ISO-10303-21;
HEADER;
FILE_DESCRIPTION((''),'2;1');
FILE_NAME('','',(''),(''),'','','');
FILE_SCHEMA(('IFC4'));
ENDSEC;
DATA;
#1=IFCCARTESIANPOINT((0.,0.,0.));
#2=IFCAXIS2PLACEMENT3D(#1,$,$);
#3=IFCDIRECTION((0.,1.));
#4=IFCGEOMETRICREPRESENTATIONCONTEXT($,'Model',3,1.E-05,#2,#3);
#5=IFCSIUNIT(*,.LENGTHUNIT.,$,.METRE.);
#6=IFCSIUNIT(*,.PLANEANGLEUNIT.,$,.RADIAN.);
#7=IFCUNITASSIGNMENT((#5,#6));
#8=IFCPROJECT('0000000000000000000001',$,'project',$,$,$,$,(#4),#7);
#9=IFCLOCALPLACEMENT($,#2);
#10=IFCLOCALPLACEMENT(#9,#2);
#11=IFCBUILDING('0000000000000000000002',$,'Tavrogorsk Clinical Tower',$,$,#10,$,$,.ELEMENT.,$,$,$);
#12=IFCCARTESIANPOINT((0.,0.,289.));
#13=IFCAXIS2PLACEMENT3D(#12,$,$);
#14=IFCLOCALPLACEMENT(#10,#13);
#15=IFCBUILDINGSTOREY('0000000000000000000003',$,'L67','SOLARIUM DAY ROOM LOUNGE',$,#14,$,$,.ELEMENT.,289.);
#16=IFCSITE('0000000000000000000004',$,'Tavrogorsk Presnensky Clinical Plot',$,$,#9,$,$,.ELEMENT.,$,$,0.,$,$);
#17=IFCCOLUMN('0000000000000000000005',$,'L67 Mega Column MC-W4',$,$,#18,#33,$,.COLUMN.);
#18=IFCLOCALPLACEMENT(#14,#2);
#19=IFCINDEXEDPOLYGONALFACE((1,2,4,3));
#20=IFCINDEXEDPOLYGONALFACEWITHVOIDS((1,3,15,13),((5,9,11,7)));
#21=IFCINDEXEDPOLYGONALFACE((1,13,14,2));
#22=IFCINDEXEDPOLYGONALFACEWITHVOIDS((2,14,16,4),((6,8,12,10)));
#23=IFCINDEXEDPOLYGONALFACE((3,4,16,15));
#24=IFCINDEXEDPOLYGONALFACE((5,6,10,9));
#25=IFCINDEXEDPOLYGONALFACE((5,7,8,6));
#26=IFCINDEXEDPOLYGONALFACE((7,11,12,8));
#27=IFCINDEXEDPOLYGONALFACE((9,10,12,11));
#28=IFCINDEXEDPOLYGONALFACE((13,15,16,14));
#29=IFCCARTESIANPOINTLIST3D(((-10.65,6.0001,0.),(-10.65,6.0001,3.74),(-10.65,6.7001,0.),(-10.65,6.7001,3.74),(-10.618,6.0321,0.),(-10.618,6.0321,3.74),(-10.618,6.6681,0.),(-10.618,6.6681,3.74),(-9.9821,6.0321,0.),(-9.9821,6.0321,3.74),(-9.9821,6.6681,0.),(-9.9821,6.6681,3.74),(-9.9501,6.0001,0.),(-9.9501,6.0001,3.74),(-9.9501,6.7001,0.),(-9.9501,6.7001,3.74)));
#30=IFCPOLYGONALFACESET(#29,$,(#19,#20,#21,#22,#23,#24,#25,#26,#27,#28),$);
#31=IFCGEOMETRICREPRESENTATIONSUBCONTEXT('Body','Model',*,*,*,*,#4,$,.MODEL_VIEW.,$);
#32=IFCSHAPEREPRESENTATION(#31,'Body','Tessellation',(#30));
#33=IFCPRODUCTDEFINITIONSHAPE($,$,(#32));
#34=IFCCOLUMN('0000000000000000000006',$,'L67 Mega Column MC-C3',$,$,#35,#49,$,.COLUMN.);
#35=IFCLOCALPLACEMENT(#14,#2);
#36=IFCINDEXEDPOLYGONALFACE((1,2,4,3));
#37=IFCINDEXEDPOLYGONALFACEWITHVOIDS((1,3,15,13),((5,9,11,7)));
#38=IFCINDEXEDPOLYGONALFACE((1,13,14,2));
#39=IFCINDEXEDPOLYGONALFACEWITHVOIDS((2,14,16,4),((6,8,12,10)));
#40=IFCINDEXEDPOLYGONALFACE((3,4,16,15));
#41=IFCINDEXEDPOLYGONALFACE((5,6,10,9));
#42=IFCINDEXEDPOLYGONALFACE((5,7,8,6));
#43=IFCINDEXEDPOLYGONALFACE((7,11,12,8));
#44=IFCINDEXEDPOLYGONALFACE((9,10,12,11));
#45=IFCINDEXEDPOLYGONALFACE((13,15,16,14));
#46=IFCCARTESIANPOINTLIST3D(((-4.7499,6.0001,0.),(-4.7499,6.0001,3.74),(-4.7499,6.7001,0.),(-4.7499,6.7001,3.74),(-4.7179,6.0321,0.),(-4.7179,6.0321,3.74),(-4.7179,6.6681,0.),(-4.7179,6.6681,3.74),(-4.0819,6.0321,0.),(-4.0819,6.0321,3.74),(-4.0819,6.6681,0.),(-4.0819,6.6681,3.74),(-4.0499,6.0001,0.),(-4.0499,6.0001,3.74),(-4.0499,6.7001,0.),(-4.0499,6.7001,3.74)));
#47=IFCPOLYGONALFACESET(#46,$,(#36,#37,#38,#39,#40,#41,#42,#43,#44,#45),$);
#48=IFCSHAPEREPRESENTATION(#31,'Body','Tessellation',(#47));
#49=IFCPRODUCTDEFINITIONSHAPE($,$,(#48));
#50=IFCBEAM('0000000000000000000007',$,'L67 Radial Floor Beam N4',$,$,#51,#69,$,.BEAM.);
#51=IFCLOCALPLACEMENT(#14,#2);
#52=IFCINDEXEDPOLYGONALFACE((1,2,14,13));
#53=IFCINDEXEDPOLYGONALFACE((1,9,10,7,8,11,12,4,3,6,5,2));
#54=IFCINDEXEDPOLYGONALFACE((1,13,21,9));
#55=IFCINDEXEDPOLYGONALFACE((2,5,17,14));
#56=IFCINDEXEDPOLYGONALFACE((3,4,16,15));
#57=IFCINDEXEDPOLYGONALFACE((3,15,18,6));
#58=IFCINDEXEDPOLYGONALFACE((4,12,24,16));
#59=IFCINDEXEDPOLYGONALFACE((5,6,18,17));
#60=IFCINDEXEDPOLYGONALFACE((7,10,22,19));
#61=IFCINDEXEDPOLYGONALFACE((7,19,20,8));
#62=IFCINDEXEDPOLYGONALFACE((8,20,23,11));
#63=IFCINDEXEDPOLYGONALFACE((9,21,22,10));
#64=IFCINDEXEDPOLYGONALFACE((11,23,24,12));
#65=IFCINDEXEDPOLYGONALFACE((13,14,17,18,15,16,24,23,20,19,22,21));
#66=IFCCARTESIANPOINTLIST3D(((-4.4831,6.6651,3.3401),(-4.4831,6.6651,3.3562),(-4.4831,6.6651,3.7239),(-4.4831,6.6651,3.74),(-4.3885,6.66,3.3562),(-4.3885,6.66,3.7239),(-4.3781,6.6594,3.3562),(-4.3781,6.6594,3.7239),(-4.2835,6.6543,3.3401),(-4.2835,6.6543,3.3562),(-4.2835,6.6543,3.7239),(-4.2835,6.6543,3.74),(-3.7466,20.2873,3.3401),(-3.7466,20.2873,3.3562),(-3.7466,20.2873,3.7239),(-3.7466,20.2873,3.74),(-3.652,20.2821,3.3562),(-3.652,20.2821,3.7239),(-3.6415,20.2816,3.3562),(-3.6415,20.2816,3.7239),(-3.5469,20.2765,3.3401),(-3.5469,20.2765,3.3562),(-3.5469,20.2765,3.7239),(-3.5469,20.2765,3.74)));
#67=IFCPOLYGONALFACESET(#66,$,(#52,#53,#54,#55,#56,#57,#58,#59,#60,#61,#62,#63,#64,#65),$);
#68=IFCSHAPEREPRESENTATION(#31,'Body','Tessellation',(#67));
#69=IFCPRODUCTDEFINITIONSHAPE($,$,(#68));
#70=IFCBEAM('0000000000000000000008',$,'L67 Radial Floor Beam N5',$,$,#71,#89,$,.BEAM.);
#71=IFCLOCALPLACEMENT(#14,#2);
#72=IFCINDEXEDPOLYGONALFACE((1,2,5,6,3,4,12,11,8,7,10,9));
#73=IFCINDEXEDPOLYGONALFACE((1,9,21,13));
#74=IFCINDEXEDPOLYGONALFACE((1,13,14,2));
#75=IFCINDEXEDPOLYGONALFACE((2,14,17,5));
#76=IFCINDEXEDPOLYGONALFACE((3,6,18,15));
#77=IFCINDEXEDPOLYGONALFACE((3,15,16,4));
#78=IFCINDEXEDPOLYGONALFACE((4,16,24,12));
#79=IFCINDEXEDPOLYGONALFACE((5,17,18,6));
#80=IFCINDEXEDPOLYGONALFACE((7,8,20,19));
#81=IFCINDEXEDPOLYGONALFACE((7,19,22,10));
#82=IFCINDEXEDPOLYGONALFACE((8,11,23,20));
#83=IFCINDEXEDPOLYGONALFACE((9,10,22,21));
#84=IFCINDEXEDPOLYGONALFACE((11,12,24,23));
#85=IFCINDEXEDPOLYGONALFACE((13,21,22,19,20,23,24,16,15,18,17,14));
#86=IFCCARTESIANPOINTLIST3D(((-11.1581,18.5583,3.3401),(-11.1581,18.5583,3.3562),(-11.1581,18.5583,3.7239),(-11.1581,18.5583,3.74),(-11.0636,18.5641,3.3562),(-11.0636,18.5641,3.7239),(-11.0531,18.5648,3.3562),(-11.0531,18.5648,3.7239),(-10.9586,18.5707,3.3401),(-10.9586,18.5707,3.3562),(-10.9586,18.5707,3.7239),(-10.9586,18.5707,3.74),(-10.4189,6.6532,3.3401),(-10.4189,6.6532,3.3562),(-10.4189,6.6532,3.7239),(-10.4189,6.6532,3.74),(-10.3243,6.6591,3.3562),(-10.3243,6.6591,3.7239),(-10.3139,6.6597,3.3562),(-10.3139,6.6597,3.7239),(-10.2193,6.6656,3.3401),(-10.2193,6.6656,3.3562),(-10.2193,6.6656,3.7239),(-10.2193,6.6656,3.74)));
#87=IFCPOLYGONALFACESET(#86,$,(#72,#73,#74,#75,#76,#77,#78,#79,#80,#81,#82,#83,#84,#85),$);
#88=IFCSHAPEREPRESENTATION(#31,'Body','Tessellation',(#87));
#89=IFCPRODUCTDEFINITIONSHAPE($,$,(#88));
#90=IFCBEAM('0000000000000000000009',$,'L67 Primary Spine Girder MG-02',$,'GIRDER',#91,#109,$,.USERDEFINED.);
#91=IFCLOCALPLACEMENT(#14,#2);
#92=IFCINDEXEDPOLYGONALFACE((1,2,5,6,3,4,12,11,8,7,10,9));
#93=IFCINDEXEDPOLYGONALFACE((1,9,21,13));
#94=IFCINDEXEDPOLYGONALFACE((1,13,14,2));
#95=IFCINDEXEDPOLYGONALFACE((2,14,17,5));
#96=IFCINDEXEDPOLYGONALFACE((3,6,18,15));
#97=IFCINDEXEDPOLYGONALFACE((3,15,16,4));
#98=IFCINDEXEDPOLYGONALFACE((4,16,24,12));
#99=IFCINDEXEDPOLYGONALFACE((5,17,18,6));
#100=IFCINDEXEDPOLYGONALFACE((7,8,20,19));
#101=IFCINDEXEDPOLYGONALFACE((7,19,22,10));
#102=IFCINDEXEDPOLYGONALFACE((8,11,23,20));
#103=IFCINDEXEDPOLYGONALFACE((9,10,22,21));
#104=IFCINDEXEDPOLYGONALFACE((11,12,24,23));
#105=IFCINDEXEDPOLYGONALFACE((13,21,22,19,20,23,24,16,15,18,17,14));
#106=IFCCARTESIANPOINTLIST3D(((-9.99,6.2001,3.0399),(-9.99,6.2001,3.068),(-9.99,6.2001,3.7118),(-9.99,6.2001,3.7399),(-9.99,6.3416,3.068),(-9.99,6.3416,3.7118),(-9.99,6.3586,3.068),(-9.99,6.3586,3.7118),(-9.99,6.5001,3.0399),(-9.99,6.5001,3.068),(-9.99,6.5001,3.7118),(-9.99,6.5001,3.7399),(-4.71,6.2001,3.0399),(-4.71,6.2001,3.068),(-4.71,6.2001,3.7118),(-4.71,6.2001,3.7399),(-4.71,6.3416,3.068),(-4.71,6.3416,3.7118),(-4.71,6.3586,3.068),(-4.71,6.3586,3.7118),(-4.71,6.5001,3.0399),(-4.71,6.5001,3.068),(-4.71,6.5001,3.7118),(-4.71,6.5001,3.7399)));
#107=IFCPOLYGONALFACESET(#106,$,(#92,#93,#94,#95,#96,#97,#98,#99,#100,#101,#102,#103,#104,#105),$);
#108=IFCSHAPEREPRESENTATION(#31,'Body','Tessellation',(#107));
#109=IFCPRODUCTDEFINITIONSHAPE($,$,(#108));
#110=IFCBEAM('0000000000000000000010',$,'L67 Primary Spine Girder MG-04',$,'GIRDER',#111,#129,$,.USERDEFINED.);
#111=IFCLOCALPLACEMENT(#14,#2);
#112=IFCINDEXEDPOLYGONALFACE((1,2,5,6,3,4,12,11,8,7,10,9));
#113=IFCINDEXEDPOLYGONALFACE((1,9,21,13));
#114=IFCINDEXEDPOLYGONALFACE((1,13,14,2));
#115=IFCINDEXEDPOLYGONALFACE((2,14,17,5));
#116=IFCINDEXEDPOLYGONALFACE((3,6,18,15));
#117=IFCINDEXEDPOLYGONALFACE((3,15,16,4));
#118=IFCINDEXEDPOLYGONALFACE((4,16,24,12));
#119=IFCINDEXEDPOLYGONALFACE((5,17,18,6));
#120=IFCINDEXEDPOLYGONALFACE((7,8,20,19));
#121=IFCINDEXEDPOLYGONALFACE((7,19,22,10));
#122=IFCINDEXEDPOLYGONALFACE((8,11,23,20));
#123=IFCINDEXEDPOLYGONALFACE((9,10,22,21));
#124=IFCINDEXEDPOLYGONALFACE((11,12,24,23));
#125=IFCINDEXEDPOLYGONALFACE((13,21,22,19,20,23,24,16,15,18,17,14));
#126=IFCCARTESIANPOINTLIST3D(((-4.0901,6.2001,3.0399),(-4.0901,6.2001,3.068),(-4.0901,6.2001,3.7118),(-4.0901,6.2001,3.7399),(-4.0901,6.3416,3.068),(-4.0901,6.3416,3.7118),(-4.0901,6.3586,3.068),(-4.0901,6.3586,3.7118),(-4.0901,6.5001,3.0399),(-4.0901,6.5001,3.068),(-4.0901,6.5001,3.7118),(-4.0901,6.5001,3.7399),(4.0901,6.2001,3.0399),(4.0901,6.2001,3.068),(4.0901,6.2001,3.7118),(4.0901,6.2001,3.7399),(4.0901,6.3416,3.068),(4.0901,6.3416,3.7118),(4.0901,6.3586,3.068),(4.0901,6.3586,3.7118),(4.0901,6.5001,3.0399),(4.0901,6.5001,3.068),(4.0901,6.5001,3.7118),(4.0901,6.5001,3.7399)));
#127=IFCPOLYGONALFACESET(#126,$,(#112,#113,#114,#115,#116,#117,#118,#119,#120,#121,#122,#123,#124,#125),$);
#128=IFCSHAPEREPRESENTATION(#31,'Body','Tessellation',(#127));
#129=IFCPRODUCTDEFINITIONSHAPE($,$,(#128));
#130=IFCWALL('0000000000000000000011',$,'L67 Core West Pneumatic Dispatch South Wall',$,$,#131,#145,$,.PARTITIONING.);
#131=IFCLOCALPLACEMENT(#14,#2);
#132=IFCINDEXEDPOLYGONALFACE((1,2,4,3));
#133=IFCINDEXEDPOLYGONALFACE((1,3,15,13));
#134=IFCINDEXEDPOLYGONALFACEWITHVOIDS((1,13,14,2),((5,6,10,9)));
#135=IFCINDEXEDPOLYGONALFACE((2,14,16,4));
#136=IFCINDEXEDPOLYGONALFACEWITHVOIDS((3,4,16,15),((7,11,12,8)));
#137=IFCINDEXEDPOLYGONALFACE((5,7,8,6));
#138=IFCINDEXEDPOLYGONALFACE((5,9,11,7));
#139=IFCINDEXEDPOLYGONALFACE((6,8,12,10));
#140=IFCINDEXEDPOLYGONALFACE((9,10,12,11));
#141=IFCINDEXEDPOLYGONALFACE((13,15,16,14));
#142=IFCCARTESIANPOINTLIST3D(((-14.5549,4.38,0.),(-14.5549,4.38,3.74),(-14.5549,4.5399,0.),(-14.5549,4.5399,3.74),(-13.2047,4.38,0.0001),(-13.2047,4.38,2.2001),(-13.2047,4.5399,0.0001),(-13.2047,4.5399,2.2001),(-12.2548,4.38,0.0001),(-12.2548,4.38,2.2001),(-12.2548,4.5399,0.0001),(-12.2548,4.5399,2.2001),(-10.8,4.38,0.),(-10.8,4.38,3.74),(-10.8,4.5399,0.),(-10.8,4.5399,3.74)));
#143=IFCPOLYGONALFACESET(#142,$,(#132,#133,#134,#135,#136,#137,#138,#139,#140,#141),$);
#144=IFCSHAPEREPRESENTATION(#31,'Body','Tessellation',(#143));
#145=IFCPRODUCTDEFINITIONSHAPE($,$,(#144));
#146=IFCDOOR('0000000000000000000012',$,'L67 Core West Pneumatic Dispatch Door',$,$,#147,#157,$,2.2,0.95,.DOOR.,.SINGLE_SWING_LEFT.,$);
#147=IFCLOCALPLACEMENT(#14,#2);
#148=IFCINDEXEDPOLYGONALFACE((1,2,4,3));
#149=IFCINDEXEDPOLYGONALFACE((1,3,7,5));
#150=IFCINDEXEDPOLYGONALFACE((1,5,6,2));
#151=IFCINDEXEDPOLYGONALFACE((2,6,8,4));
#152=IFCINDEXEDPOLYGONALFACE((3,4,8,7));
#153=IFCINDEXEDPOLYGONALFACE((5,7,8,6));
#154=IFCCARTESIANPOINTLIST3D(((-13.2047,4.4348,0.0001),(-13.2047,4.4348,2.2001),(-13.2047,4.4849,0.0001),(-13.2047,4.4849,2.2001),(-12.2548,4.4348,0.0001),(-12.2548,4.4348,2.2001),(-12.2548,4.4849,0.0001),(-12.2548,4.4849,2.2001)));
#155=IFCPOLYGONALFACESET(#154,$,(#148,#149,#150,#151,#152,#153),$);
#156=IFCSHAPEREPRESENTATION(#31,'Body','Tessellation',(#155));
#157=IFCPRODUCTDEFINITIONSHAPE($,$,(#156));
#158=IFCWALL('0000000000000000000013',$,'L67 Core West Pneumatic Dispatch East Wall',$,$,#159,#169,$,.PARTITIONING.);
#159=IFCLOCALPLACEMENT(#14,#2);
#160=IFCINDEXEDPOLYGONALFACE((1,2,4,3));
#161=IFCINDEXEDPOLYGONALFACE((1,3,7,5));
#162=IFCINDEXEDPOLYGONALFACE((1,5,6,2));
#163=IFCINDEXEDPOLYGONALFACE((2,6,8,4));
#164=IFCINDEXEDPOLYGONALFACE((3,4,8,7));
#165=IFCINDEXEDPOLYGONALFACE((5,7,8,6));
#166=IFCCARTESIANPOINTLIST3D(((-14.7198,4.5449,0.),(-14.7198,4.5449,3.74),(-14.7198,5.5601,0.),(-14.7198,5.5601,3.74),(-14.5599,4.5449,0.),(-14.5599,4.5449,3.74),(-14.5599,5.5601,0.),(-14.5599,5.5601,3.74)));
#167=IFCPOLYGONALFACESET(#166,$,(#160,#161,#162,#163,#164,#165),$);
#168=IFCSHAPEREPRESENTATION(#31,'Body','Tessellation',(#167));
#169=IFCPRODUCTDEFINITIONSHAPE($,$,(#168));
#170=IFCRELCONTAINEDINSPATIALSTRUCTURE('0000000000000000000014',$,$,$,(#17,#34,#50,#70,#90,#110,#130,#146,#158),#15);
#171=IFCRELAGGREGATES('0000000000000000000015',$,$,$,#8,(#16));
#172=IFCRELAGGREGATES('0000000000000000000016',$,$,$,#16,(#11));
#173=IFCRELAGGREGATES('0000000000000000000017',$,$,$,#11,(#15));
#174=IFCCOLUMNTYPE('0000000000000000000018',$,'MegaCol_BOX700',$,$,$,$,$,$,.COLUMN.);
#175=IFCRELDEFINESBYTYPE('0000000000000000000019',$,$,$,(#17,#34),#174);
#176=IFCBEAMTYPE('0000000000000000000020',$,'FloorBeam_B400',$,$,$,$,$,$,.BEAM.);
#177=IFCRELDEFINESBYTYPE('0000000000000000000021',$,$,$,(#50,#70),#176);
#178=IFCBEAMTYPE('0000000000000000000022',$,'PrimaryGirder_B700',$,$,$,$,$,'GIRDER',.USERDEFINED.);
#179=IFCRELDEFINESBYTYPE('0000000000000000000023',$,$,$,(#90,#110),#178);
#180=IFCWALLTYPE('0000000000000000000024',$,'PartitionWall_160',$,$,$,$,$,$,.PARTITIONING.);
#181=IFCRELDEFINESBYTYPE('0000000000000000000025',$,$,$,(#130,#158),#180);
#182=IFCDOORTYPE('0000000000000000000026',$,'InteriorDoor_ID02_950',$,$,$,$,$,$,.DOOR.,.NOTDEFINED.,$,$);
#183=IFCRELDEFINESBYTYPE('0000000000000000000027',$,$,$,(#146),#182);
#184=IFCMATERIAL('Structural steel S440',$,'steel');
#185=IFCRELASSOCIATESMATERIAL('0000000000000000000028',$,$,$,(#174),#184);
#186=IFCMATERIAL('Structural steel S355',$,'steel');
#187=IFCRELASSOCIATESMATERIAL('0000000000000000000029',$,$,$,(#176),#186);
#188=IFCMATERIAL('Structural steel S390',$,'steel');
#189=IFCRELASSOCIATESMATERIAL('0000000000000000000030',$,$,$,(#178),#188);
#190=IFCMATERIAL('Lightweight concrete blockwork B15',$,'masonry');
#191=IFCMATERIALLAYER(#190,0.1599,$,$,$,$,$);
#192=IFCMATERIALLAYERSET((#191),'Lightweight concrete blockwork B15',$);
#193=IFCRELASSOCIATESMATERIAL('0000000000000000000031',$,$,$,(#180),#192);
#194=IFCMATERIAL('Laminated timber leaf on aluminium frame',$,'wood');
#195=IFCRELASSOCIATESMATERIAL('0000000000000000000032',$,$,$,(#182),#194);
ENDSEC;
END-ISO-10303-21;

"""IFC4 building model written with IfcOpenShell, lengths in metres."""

from ifc_helpers import new_model, si_unit, direction, frame, frame_2d, origin, origin_2d, place, context, subcontext, project, spatial, rectangle, hollow_rectangle, i_section, extrude, material, layer, layer_set, material_profile, profile_set, type_object, element, fill, save


model = new_model("IFC4")

# Units and contexts
model_context = context("Model", 3, precision=1e-05, world=origin(), true_north=direction((0.0, 1.0)))
body_context = subcontext(model_context, "Body", "Model", "MODEL_VIEW")
ifc_project = project(units=[si_unit("LENGTHUNIT", "METRE"), si_unit("PLANEANGLEUNIT", "RADIAN")], contexts=[model_context])

# Site, building, storey
site_placement = place(None, origin())
site = spatial("IfcSite", under=ifc_project, at=site_placement, Name="Tavrogorsk Presnensky Clinical Plot", CompositionType="ELEMENT", RefElevation=0.0)
building_placement = place(site_placement, origin())
building = spatial("IfcBuilding", under=site, at=building_placement, Name="Tavrogorsk Clinical Tower", CompositionType="ELEMENT")
storey_placement = place(building_placement, frame((0.0, 0.0, 289.0)))
storey = spatial("IfcBuildingStorey", under=building, at=storey_placement, Name="L67", Description="SOLARIUM DAY ROOM LOUNGE", CompositionType="ELEMENT", Elevation=289.0)

# Columns
ifc_material_1 = material(Name="Structural steel S440", Category="steel")
ifc_material_profile_1 = material_profile(ifc_material_1, hollow_rectangle(XDim=0.7, YDim=0.7, WallThickness=0.032, at=origin_2d()), Name="BOX-700x700x32")
ifc_profile_set_1 = profile_set([ifc_material_profile_1], Name="Structural steel S440")
column_type = type_object("IfcColumnType", Name="MegaCol_BOX700", PredefinedType="COLUMN", material=ifc_profile_set_1)
for number, where, z_axis, x_axis, name in (
    (1, (-10.3, 6.3501, 0.0), (0.0, 0.0, 1.0), (1.0, 0.0, 0.0), "L67 Mega Column MC-W4"),
    (2, (-4.3999, 6.3501, 0.0), (0.0, 0.0, 1.0), (1.0, 0.0, 0.0), "L67 Mega Column MC-C3"),
):
    element("IfcColumn", number, at=place(storey_placement, frame(where, z_axis=z_axis, x_axis=x_axis)), inside=storey, type_object=column_type, Name=name, PredefinedType="COLUMN", context=body_context, shape_type="SweptSolid", body=[
        extrude(hollow_rectangle(XDim=0.7, YDim=0.7, WallThickness=0.032, at=origin_2d()), origin(), (0.0, 0.0, 1.0), 3.74),
    ])

# Beams
ifc_material_2 = material(Name="Structural steel S355", Category="steel")
ifc_material_profile_2 = material_profile(ifc_material_2, i_section(OverallWidth=0.2, OverallDepth=0.3999, WebThickness=0.0105, FlangeThickness=0.0161, at=origin_2d()), Name="B-400x200x10.5x16")
ifc_profile_set_2 = profile_set([ifc_material_profile_2], Name="Structural steel S355")
beam_type_1 = type_object("IfcBeamType", Name="FloorBeam_B400", PredefinedType="BEAM", material=ifc_profile_set_2)
beam_1_placement = place(storey_placement, frame((-4.3833, 6.6597, 3.54), z_axis=(0.053993, 0.998541, 0.0), x_axis=(-0.998541, 0.053993, 0.0)))
element("IfcBeam", 3, at=beam_1_placement, inside=storey, type_object=beam_type_1, Name="L67 Radial Floor Beam N4", PredefinedType="BEAM", context=body_context, shape_type="SweptSolid", body=[
    extrude(i_section(OverallWidth=0.2, OverallDepth=0.3999, WebThickness=0.0105, FlangeThickness=0.0161, at=origin_2d()), origin(), (0.0, 0.0, 1.0), 13.6421),
])
beam_2_placement = place(storey_placement, frame((-10.3191, 6.6594, 3.54), z_axis=(-0.061977, 0.998078, 0.0), x_axis=(-0.998078, -0.061977, 0.0)))
element("IfcBeam", 4, at=beam_2_placement, inside=storey, type_object=beam_type_1, Name="L67 Radial Floor Beam N5", PredefinedType="BEAM", context=body_context, shape_type="SweptSolid", body=[
    extrude(i_section(OverallWidth=0.2, OverallDepth=0.3999, WebThickness=0.0105, FlangeThickness=0.0161, at=origin_2d()), origin(), (0.0, 0.0, 1.0), 11.928),
])
ifc_material_3 = material(Name="Structural steel S390", Category="steel")
ifc_material_profile_3 = material_profile(ifc_material_3, i_section(OverallWidth=0.3, OverallDepth=0.7, WebThickness=0.0171, FlangeThickness=0.0281, at=origin_2d()), Name="B-700x300x17x28")
ifc_profile_set_3 = profile_set([ifc_material_profile_3], Name="Structural steel S390")
beam_type_2 = type_object("IfcBeamType", Name="PrimaryGirder_B700", ElementType="GIRDER", PredefinedType="USERDEFINED", material=ifc_profile_set_3)
beam_3_placement = place(storey_placement, frame((-9.99, 6.3501, 3.3899), z_axis=(1.0, 0.0, 0.0), x_axis=(0.0, 1.0, 0.0)))
element("IfcBeam", 5, at=beam_3_placement, inside=storey, type_object=beam_type_2, Name="L67 Primary Spine Girder MG-02", ObjectType="GIRDER", PredefinedType="USERDEFINED", context=body_context, shape_type="SweptSolid", body=[
    extrude(i_section(OverallWidth=0.3, OverallDepth=0.7, WebThickness=0.0171, FlangeThickness=0.0281, at=origin_2d()), origin(), (0.0, 0.0, 1.0), 5.28),
])
beam_4_placement = place(storey_placement, frame((-4.0901, 6.3501, 3.3899), z_axis=(1.0, 0.0, 0.0), x_axis=(0.0, 1.0, 0.0)))
element("IfcBeam", 6, at=beam_4_placement, inside=storey, type_object=beam_type_2, Name="L67 Primary Spine Girder MG-04", ObjectType="GIRDER", PredefinedType="USERDEFINED", context=body_context, shape_type="SweptSolid", body=[
    extrude(i_section(OverallWidth=0.3, OverallDepth=0.7, WebThickness=0.0171, FlangeThickness=0.0281, at=origin_2d()), origin(), (0.0, 0.0, 1.0), 8.1802),
])

# Wall, opening, door
ifc_material_4 = material(Name="Lightweight concrete blockwork B15", Category="masonry")
ifc_layer_1 = layer(ifc_material_4, 0.1599)
ifc_layer_set_1 = layer_set([ifc_layer_1], Name="Lightweight concrete blockwork B15")
wall_type_1 = type_object("IfcWallType", Name="PartitionWall_160", PredefinedType="PARTITIONING", material=ifc_layer_set_1)
wall_1_placement = place(storey_placement, frame((-14.5549, 4.46, 0.0), z_axis=(0.0, 0.0, 1.0), x_axis=(1.0, 0.0, 0.0)))
wall_1 = element("IfcWall", 7, at=wall_1_placement, inside=storey, type_object=wall_type_1, Name="L67 Core West Pneumatic Dispatch South Wall", PredefinedType="PARTITIONING", context=body_context, shape_type="SweptSolid", body=[
    extrude(rectangle(XDim=3.7549, YDim=0.1599, at=frame_2d((1.8774, 0.0))), origin(), (0.0, 0.0, 1.0), 3.74),
])
opening_1_placement = place(wall_1_placement, frame((1.3501, 0.0, 0.0)))
opening_1 = element("IfcOpeningElement", 8, at=opening_1_placement, cuts=wall_1, PredefinedType="OPENING", context=body_context, shape_type="SweptSolid", body=[
    extrude(rectangle(XDim=0.95, YDim=2.2, at=frame_2d((0.4751, 1.1001))), frame((0.0, 0.0898, 0.0), z_axis=(0.0, -1.0, 0.0), x_axis=(1.0, 0.0, 0.0)), (0.0, 0.0, 1.0), 0.1799),
])
ifc_material_5 = material(Name="Laminated timber leaf on aluminium frame", Category="wood")
door_type_1 = type_object("IfcDoorType", Name="InteriorDoor_ID02_950", OperationType="NOTDEFINED", PredefinedType="DOOR", material=ifc_material_5)
door_1_placement = place(opening_1_placement, origin())
door_1 = element("IfcDoor", 9, at=door_1_placement, inside=storey, type_object=door_type_1, Name="L67 Core West Pneumatic Dispatch Door", OperationType="SINGLE_SWING_LEFT", OverallHeight=2.2, OverallWidth=0.95, PredefinedType="DOOR", context=body_context, shape_type="SweptSolid", body=[
    extrude(rectangle(XDim=0.95, YDim=2.2, at=frame_2d((0.4751, 1.1001))), frame((0.0, 0.0249, 0.0), z_axis=(0.0, -1.0, 0.0), x_axis=(1.0, 0.0, 0.0)), (0.0, 0.0, 1.0), 0.05),
])
fill(opening_1, door_1)

# Wall
wall_2_placement = place(storey_placement, frame((-14.6399, 4.5449, 0.0), z_axis=(0.0, 0.0, 1.0), x_axis=(0.0, 1.0, 0.0)))
element("IfcWall", 10, at=wall_2_placement, inside=storey, type_object=wall_type_1, Name="L67 Core West Pneumatic Dispatch East Wall", PredefinedType="PARTITIONING", context=body_context, shape_type="SweptSolid", body=[
    extrude(rectangle(XDim=1.0151, YDim=0.1599, at=frame_2d((0.5076, 0.0))), origin(), (0.0, 0.0, 1.0), 3.74),
])

save(model, "model.ifc")
